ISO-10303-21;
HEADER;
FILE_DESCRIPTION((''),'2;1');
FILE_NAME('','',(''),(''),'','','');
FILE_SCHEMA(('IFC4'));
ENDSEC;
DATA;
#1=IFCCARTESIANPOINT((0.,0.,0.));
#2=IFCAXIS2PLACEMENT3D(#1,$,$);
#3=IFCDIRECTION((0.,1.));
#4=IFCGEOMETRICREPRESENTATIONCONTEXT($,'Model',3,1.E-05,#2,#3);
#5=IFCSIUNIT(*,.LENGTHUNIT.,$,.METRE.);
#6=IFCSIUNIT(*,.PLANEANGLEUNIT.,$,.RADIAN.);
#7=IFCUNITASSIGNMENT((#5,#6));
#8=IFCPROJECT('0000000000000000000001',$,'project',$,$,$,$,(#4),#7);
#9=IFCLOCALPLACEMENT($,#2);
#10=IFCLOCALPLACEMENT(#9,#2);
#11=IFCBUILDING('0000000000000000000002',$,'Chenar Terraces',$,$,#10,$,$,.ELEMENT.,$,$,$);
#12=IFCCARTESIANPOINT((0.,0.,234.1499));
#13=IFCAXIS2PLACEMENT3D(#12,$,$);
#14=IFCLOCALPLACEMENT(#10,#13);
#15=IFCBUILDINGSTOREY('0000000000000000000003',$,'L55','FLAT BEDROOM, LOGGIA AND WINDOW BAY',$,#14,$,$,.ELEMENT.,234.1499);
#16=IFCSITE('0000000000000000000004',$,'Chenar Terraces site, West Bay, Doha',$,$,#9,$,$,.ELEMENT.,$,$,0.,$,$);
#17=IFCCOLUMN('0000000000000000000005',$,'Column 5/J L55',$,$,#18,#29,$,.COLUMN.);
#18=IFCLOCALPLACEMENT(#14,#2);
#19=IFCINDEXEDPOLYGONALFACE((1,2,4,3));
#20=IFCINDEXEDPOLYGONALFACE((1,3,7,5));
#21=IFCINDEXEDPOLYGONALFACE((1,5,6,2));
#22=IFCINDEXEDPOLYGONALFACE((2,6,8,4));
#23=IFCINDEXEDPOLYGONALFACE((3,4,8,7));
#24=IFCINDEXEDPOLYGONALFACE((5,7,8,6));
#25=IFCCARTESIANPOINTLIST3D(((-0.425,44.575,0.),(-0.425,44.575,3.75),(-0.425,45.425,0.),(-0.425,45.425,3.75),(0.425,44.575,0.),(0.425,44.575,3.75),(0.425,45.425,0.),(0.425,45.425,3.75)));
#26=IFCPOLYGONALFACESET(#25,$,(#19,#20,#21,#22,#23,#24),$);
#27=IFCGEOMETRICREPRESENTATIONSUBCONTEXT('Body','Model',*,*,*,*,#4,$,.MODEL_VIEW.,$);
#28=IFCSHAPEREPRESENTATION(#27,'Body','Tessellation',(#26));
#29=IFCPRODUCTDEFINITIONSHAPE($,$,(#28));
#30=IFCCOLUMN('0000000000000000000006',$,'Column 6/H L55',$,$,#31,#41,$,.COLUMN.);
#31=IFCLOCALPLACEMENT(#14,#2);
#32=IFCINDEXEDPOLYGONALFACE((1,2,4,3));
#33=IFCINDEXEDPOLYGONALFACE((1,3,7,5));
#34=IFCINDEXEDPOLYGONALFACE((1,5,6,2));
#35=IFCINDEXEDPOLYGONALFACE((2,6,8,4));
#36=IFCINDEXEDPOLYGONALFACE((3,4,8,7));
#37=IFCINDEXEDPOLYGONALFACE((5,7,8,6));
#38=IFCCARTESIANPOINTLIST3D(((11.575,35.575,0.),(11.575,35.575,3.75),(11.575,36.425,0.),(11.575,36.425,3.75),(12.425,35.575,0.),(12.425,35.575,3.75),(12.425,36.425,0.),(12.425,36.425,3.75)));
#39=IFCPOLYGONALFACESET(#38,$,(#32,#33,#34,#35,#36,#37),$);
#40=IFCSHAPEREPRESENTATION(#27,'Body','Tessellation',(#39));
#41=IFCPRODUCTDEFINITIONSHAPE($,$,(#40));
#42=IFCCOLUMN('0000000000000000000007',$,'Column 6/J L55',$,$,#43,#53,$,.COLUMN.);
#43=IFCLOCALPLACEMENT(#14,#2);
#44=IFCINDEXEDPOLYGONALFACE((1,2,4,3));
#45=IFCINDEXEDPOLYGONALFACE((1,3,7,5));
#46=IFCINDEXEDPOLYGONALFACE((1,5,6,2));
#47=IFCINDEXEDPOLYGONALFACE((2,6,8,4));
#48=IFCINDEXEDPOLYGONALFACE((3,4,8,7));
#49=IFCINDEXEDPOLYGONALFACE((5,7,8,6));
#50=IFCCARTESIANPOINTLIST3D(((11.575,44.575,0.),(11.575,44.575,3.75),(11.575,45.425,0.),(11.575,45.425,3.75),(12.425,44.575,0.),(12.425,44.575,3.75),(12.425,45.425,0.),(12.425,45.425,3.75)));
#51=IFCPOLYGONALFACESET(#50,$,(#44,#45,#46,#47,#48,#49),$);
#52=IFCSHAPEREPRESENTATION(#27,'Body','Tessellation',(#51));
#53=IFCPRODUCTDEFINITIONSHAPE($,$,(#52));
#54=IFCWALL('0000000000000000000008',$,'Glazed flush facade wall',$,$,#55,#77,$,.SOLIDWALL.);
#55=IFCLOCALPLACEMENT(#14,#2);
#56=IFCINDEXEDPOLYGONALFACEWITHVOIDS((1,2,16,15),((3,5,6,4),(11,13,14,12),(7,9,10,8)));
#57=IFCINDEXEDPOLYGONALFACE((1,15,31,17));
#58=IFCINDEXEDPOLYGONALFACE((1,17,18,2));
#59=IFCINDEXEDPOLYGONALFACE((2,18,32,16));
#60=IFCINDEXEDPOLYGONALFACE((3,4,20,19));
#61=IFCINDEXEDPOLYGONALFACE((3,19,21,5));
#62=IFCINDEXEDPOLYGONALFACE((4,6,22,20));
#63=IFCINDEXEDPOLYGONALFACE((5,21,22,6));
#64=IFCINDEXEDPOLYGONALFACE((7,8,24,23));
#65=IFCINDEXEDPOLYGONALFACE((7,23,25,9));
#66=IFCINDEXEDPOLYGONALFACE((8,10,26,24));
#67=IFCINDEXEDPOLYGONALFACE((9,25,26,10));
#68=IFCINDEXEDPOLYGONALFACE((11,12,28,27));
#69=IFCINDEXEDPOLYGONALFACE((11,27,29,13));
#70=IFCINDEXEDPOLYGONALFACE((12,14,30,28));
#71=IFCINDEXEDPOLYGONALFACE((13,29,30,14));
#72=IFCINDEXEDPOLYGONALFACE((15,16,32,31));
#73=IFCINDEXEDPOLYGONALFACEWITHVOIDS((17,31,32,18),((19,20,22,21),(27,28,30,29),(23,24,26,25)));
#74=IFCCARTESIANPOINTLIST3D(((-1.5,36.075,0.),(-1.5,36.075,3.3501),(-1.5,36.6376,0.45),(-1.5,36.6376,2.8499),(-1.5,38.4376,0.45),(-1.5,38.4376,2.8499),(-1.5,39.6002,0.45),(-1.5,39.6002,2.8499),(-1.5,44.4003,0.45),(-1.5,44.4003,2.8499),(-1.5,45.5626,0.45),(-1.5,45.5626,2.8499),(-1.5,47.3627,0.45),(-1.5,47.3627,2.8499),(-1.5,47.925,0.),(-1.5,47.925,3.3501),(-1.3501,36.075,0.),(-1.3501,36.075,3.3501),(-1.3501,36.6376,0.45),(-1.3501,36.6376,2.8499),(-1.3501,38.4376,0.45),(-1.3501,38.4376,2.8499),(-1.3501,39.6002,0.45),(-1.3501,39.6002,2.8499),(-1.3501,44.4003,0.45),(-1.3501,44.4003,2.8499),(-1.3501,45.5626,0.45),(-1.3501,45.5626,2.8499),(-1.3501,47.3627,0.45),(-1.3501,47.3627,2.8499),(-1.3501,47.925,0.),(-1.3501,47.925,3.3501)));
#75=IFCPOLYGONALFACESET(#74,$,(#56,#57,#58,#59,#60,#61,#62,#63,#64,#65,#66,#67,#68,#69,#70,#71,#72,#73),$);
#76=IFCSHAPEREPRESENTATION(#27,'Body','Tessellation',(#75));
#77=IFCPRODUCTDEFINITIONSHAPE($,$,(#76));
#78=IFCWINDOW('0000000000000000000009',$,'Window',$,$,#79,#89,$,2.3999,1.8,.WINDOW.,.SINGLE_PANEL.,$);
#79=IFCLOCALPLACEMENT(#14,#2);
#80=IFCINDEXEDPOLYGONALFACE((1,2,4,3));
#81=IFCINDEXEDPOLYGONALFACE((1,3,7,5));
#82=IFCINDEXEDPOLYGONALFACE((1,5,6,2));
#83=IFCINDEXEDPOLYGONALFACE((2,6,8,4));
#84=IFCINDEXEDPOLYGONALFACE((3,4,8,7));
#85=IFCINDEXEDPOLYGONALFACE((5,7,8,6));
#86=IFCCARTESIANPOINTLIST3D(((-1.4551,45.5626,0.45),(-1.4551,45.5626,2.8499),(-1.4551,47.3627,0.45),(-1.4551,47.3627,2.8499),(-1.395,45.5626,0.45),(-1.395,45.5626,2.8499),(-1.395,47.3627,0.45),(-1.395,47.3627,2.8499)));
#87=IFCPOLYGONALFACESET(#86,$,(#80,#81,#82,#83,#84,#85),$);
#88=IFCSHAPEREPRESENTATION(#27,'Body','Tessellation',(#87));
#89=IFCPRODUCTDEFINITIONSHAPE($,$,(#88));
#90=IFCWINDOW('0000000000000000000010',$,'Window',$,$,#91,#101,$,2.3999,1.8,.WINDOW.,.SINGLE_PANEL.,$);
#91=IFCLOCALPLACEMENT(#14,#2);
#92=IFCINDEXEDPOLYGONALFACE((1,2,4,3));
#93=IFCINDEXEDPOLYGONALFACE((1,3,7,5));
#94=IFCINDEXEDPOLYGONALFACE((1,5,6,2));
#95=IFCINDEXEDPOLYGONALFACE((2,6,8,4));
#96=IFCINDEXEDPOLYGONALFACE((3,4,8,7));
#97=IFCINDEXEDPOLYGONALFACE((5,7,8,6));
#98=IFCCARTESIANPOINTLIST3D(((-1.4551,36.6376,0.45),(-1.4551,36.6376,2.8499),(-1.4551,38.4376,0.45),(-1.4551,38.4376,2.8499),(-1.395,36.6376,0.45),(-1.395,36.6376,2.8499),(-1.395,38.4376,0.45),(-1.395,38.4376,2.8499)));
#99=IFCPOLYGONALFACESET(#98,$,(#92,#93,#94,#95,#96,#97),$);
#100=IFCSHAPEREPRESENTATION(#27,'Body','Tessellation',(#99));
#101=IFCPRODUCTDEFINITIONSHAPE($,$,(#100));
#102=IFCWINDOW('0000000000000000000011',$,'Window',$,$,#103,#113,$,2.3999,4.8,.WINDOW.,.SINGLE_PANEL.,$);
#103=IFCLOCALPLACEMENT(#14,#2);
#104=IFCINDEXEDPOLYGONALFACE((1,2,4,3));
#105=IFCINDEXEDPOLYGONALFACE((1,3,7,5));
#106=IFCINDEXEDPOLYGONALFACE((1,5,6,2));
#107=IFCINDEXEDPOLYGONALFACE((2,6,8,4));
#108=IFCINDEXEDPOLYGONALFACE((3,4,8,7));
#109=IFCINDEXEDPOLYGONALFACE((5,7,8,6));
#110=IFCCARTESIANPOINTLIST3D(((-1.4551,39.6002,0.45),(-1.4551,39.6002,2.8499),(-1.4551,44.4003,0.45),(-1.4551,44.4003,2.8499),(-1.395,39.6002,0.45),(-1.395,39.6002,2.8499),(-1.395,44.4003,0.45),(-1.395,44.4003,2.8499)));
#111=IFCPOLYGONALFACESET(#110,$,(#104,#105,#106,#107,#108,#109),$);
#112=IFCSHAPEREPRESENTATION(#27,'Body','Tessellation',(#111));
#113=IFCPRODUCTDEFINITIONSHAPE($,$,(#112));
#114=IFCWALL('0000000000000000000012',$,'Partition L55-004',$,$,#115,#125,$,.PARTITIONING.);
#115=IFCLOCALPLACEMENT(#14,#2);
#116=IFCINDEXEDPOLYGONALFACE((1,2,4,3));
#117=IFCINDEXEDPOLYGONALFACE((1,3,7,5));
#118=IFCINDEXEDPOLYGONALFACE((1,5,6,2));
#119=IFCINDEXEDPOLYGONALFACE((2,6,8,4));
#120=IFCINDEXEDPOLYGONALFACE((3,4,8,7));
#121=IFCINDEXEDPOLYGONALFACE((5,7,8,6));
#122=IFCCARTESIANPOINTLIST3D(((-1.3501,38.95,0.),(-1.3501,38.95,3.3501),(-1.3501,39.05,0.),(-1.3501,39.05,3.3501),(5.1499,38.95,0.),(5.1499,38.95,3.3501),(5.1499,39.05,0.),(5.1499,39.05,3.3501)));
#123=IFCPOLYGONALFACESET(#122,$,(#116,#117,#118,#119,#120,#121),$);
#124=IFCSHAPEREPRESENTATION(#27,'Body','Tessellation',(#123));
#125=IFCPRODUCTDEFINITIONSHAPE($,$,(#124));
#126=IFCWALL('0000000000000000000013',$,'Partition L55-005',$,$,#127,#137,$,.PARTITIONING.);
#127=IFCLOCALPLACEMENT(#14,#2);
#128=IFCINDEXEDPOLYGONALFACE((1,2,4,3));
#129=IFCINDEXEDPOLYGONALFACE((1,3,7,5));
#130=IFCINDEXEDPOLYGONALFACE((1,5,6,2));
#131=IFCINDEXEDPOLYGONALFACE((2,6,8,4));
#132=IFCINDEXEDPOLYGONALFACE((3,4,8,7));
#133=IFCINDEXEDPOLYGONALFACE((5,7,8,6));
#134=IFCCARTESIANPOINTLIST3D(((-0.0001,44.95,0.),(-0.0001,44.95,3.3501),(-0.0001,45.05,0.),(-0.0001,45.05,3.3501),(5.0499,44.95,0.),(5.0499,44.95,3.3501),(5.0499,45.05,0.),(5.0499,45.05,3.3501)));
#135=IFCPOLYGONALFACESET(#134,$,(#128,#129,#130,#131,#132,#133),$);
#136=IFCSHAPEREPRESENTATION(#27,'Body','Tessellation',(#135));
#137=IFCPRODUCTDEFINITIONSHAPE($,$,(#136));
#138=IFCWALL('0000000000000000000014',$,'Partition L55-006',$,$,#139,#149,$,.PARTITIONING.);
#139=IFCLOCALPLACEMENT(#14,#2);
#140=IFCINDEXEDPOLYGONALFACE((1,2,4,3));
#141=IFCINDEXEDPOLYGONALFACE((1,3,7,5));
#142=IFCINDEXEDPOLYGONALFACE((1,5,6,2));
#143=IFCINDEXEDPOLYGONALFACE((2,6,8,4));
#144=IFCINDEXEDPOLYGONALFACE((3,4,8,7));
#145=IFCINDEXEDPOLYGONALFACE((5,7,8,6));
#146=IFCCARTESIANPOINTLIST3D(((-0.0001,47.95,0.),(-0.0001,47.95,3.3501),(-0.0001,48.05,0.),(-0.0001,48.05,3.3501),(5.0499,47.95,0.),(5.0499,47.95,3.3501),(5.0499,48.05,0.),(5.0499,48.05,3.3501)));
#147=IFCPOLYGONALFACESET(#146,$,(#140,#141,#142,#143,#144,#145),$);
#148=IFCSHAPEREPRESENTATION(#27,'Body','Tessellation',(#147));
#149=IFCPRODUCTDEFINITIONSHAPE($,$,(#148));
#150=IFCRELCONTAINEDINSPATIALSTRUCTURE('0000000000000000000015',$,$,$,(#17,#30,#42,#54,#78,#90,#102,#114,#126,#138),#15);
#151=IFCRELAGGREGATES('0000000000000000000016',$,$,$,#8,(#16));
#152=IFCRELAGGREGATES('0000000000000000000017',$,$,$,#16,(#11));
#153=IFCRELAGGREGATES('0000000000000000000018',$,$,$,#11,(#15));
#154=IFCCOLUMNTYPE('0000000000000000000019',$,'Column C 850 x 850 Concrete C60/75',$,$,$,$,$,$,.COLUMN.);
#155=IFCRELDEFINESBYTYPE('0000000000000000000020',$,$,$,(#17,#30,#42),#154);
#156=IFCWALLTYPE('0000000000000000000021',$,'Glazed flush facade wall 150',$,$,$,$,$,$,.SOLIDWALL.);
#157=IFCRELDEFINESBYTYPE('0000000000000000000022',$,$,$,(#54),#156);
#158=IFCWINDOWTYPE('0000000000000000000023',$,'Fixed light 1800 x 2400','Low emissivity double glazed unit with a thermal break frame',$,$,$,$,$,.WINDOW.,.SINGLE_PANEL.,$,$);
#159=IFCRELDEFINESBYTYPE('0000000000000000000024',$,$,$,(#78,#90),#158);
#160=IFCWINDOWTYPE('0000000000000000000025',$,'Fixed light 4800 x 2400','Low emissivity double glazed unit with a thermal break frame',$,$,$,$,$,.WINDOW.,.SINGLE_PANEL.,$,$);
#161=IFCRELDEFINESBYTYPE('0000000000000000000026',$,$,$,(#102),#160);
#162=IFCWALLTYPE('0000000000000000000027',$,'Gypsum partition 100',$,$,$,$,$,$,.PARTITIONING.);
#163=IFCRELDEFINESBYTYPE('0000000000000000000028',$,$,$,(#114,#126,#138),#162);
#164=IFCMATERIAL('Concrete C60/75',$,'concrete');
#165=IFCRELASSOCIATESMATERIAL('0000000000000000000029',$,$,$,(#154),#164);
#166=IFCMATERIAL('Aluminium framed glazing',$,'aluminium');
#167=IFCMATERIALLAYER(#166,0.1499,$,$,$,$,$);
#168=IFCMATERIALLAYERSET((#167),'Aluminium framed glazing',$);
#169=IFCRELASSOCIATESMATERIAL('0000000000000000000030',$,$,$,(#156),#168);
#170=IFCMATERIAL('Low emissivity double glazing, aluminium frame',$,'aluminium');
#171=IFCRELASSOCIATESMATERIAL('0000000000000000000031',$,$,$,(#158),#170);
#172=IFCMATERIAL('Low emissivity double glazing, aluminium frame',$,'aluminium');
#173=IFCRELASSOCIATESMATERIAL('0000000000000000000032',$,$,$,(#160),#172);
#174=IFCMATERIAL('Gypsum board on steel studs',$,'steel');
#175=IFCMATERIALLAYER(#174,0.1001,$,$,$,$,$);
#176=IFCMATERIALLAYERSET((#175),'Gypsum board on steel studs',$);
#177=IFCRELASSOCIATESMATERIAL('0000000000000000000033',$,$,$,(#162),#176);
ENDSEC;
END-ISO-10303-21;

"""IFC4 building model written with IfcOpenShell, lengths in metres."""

from ifc_helpers import new_model, si_unit, direction, frame, frame_2d, origin, origin_2d, place, context, subcontext, project, spatial, rectangle, extrude, material, layer, layer_set, material_profile, profile_set, type_object, element, fill, save


model = new_model("IFC4")

# Units and contexts
model_context = context("Model", 3, precision=1e-05, world=origin(), true_north=direction((0.0, 1.0)))
body_context = subcontext(model_context, "Body", "Model", "MODEL_VIEW")
ifc_project = project(units=[si_unit("LENGTHUNIT", "METRE"), si_unit("PLANEANGLEUNIT", "RADIAN")], contexts=[model_context])

# Site, building, storey
site_placement = place(None, origin())
site = spatial("IfcSite", under=ifc_project, at=site_placement, Name="Chenar Terraces site, West Bay, Doha", CompositionType="ELEMENT", RefElevation=0.0)
building_placement = place(site_placement, origin())
building = spatial("IfcBuilding", under=site, at=building_placement, Name="Chenar Terraces", CompositionType="ELEMENT")
storey_placement = place(building_placement, frame((0.0, 0.0, 234.1499)))
storey = spatial("IfcBuildingStorey", under=building, at=storey_placement, Name="L55", Description="FLAT BEDROOM, LOGGIA AND WINDOW BAY", CompositionType="ELEMENT", Elevation=234.1499)

# Columns
ifc_material_1 = material(Name="Concrete C60/75", Category="concrete")
ifc_material_profile_1 = material_profile(ifc_material_1, rectangle(XDim=0.8501, YDim=0.8501, at=origin_2d()), Name="C 850 x 850")
ifc_profile_set_1 = profile_set([ifc_material_profile_1], Name="Concrete C60/75")
column_type = type_object("IfcColumnType", Name="Column C 850 x 850 Concrete C60/75", PredefinedType="COLUMN", material=ifc_profile_set_1)
placement = place(storey_placement, frame((0.0, 45.0, 0.0), z_axis=(0.0, 0.0, 1.0), x_axis=(1.0, 0.0, 0.0)))
element("IfcColumn", 1, at=placement, inside=storey, type_object=column_type, Name="Column 5/J L55", PredefinedType="COLUMN", context=body_context, shape_type="SweptSolid", body=[
    extrude(rectangle(XDim=0.8501, YDim=0.8501, at=origin_2d()), origin(), (0.0, 0.0, 1.0), 3.75),
])
for number, where, z_axis, x_axis, name in (
    (2, (12.0, 36.0, 0.0), (0.0, 0.0, 1.0), (1.0, 0.0, 0.0), "Column 6/H L55"),
    (3, (12.0, 45.0, 0.0), (0.0, 0.0, 1.0), (1.0, 0.0, 0.0), "Column 6/J L55"),
):
    element("IfcColumn", number, at=place(storey_placement, frame(where, z_axis=z_axis, x_axis=x_axis)), inside=storey, type_object=column_type, Name=name, PredefinedType="COLUMN", context=body_context, shape_type="SweptSolid", body=[
        extrude(rectangle(XDim=0.8501, YDim=0.8501, at=origin_2d()), origin(), (0.0, 0.0, 1.0), 3.75),
    ])

# Wall, openings, windows
ifc_material_2 = material(Name="Aluminium framed glazing", Category="aluminium")
ifc_layer_1 = layer(ifc_material_2, 0.1499)
ifc_layer_set_1 = layer_set([ifc_layer_1], Name="Aluminium framed glazing")
wall_type_1 = type_object("IfcWallType", Name="Glazed flush facade wall 150", PredefinedType="SOLIDWALL", material=ifc_layer_set_1)
wall_1_placement = place(storey_placement, frame((-1.425, 47.925, 0.0), z_axis=(0.0, 0.0, 1.0), x_axis=(0.0, -1.0, 0.0)))
wall_1 = element("IfcWall", 4, at=wall_1_placement, inside=storey, type_object=wall_type_1, Name="Glazed flush facade wall", PredefinedType="SOLIDWALL", context=body_context, shape_type="SweptSolid", body=[
    extrude(rectangle(XDim=11.8501, YDim=0.1499, at=frame_2d((5.925, 0.0))), origin(), (0.0, 0.0, 1.0), 3.3501),
])
opening_1_placement = place(wall_1_placement, frame((0.5625, 0.0, 0.45)))
opening_1 = element("IfcOpeningElement", 5, at=opening_1_placement, cuts=wall_1, PredefinedType="OPENING", context=body_context, shape_type="SweptSolid", body=[
    extrude(rectangle(XDim=1.8, YDim=2.3999, at=frame_2d((0.8999, 1.2))), frame((0.0, 0.085, 0.0), z_axis=(0.0, -1.0, 0.0), x_axis=(1.0, 0.0, 0.0)), (0.0, 0.0, 1.0), 0.1699),
])
opening_2_placement = place(wall_1_placement, frame((3.5249, 0.0, 0.45)))
opening_2 = element("IfcOpeningElement", 6, at=opening_2_placement, cuts=wall_1, PredefinedType="OPENING", context=body_context, shape_type="SweptSolid", body=[
    extrude(rectangle(XDim=4.8, YDim=2.3999, at=frame_2d((2.3999, 1.2))), frame((0.0, 0.085, 0.0), z_axis=(0.0, -1.0, 0.0), x_axis=(1.0, 0.0, 0.0)), (0.0, 0.0, 1.0), 0.1699),
])
opening_3_placement = place(wall_1_placement, frame((9.4875, 0.0, 0.45)))
opening_3 = element("IfcOpeningElement", 7, at=opening_3_placement, cuts=wall_1, PredefinedType="OPENING", context=body_context, shape_type="SweptSolid", body=[
    extrude(rectangle(XDim=1.8, YDim=2.3999, at=frame_2d((0.8999, 1.2))), frame((0.0, 0.085, 0.0), z_axis=(0.0, -1.0, 0.0), x_axis=(1.0, 0.0, 0.0)), (0.0, 0.0, 1.0), 0.1699),
])
ifc_material_3 = material(Name="Low emissivity double glazing, aluminium frame", Category="aluminium")
window_type_1 = type_object("IfcWindowType", Name="Fixed light 1800 x 2400", Description="Low emissivity double glazed unit with a thermal break frame", PartitioningType="SINGLE_PANEL", PredefinedType="WINDOW", material=ifc_material_3)
window_1_placement = place(opening_1_placement, origin())
window_1 = element("IfcWindow", 8, at=window_1_placement, inside=storey, type_object=window_type_1, Name="Window", OverallHeight=2.3999, OverallWidth=1.8, PartitioningType="SINGLE_PANEL", PredefinedType="WINDOW", context=body_context, shape_type="SweptSolid", body=[
    extrude(rectangle(XDim=1.8, YDim=2.3999, at=frame_2d((0.8999, 1.2))), frame((0.0, 0.03, 0.0), z_axis=(0.0, -1.0, 0.0), x_axis=(1.0, 0.0, 0.0)), (0.0, 0.0, 1.0), 0.0601),
])
fill(opening_1, window_1)
window_2_placement = place(opening_3_placement, origin())
window_2 = element("IfcWindow", 9, at=window_2_placement, inside=storey, type_object=window_type_1, Name="Window", OverallHeight=2.3999, OverallWidth=1.8, PartitioningType="SINGLE_PANEL", PredefinedType="WINDOW", context=body_context, shape_type="SweptSolid", body=[
    extrude(rectangle(XDim=1.8, YDim=2.3999, at=frame_2d((0.8999, 1.2))), frame((0.0, 0.03, 0.0), z_axis=(0.0, -1.0, 0.0), x_axis=(1.0, 0.0, 0.0)), (0.0, 0.0, 1.0), 0.0601),
])
fill(opening_3, window_2)
ifc_material_4 = material(Name="Low emissivity double glazing, aluminium frame", Category="aluminium")
window_type_2 = type_object("IfcWindowType", Name="Fixed light 4800 x 2400", Description="Low emissivity double glazed unit with a thermal break frame", PartitioningType="SINGLE_PANEL", PredefinedType="WINDOW", material=ifc_material_4)
window_3_placement = place(opening_2_placement, origin())
window_3 = element("IfcWindow", 10, at=window_3_placement, inside=storey, type_object=window_type_2, Name="Window", OverallHeight=2.3999, OverallWidth=4.8, PartitioningType="SINGLE_PANEL", PredefinedType="WINDOW", context=body_context, shape_type="SweptSolid", body=[
    extrude(rectangle(XDim=4.8, YDim=2.3999, at=frame_2d((2.3999, 1.2))), frame((0.0, 0.03, 0.0), z_axis=(0.0, -1.0, 0.0), x_axis=(1.0, 0.0, 0.0)), (0.0, 0.0, 1.0), 0.0601),
])
fill(opening_2, window_3)

# Walls
ifc_material_5 = material(Name="Gypsum board on steel studs", Category="steel")
ifc_layer_2 = layer(ifc_material_5, 0.1001)
ifc_layer_set_2 = layer_set([ifc_layer_2], Name="Gypsum board on steel studs")
wall_type_2 = type_object("IfcWallType", Name="Gypsum partition 100", PredefinedType="PARTITIONING", material=ifc_layer_set_2)
wall_2_placement = place(storey_placement, frame((-1.3501, 39.0, 0.0), z_axis=(0.0, 0.0, 1.0), x_axis=(1.0, 0.0, 0.0)))
element("IfcWall", 11, at=wall_2_placement, inside=storey, type_object=wall_type_2, Name="Partition L55-004", PredefinedType="PARTITIONING", context=body_context, shape_type="SweptSolid", body=[
    extrude(rectangle(XDim=6.5, YDim=0.1001, at=frame_2d((3.25, 0.0))), origin(), (0.0, 0.0, 1.0), 3.3501),
])
element("IfcWall", 12, at=placement, inside=storey, type_object=wall_type_2, Name="Partition L55-005", PredefinedType="PARTITIONING", context=body_context, shape_type="SweptSolid", body=[
    extrude(rectangle(XDim=5.05, YDim=0.1001, at=frame_2d((2.5249, 0.0))), origin(), (0.0, 0.0, 1.0), 3.3501),
])
wall_3_placement = place(storey_placement, frame((0.0, 48.0, 0.0), z_axis=(0.0, 0.0, 1.0), x_axis=(1.0, 0.0, 0.0)))
element("IfcWall", 13, at=wall_3_placement, inside=storey, type_object=wall_type_2, Name="Partition L55-006", PredefinedType="PARTITIONING", context=body_context, shape_type="SweptSolid", body=[
    extrude(rectangle(XDim=5.05, YDim=0.1001, at=frame_2d((2.5249, 0.0))), origin(), (0.0, 0.0, 1.0), 3.3501),
])

save(model, "model.ifc")
